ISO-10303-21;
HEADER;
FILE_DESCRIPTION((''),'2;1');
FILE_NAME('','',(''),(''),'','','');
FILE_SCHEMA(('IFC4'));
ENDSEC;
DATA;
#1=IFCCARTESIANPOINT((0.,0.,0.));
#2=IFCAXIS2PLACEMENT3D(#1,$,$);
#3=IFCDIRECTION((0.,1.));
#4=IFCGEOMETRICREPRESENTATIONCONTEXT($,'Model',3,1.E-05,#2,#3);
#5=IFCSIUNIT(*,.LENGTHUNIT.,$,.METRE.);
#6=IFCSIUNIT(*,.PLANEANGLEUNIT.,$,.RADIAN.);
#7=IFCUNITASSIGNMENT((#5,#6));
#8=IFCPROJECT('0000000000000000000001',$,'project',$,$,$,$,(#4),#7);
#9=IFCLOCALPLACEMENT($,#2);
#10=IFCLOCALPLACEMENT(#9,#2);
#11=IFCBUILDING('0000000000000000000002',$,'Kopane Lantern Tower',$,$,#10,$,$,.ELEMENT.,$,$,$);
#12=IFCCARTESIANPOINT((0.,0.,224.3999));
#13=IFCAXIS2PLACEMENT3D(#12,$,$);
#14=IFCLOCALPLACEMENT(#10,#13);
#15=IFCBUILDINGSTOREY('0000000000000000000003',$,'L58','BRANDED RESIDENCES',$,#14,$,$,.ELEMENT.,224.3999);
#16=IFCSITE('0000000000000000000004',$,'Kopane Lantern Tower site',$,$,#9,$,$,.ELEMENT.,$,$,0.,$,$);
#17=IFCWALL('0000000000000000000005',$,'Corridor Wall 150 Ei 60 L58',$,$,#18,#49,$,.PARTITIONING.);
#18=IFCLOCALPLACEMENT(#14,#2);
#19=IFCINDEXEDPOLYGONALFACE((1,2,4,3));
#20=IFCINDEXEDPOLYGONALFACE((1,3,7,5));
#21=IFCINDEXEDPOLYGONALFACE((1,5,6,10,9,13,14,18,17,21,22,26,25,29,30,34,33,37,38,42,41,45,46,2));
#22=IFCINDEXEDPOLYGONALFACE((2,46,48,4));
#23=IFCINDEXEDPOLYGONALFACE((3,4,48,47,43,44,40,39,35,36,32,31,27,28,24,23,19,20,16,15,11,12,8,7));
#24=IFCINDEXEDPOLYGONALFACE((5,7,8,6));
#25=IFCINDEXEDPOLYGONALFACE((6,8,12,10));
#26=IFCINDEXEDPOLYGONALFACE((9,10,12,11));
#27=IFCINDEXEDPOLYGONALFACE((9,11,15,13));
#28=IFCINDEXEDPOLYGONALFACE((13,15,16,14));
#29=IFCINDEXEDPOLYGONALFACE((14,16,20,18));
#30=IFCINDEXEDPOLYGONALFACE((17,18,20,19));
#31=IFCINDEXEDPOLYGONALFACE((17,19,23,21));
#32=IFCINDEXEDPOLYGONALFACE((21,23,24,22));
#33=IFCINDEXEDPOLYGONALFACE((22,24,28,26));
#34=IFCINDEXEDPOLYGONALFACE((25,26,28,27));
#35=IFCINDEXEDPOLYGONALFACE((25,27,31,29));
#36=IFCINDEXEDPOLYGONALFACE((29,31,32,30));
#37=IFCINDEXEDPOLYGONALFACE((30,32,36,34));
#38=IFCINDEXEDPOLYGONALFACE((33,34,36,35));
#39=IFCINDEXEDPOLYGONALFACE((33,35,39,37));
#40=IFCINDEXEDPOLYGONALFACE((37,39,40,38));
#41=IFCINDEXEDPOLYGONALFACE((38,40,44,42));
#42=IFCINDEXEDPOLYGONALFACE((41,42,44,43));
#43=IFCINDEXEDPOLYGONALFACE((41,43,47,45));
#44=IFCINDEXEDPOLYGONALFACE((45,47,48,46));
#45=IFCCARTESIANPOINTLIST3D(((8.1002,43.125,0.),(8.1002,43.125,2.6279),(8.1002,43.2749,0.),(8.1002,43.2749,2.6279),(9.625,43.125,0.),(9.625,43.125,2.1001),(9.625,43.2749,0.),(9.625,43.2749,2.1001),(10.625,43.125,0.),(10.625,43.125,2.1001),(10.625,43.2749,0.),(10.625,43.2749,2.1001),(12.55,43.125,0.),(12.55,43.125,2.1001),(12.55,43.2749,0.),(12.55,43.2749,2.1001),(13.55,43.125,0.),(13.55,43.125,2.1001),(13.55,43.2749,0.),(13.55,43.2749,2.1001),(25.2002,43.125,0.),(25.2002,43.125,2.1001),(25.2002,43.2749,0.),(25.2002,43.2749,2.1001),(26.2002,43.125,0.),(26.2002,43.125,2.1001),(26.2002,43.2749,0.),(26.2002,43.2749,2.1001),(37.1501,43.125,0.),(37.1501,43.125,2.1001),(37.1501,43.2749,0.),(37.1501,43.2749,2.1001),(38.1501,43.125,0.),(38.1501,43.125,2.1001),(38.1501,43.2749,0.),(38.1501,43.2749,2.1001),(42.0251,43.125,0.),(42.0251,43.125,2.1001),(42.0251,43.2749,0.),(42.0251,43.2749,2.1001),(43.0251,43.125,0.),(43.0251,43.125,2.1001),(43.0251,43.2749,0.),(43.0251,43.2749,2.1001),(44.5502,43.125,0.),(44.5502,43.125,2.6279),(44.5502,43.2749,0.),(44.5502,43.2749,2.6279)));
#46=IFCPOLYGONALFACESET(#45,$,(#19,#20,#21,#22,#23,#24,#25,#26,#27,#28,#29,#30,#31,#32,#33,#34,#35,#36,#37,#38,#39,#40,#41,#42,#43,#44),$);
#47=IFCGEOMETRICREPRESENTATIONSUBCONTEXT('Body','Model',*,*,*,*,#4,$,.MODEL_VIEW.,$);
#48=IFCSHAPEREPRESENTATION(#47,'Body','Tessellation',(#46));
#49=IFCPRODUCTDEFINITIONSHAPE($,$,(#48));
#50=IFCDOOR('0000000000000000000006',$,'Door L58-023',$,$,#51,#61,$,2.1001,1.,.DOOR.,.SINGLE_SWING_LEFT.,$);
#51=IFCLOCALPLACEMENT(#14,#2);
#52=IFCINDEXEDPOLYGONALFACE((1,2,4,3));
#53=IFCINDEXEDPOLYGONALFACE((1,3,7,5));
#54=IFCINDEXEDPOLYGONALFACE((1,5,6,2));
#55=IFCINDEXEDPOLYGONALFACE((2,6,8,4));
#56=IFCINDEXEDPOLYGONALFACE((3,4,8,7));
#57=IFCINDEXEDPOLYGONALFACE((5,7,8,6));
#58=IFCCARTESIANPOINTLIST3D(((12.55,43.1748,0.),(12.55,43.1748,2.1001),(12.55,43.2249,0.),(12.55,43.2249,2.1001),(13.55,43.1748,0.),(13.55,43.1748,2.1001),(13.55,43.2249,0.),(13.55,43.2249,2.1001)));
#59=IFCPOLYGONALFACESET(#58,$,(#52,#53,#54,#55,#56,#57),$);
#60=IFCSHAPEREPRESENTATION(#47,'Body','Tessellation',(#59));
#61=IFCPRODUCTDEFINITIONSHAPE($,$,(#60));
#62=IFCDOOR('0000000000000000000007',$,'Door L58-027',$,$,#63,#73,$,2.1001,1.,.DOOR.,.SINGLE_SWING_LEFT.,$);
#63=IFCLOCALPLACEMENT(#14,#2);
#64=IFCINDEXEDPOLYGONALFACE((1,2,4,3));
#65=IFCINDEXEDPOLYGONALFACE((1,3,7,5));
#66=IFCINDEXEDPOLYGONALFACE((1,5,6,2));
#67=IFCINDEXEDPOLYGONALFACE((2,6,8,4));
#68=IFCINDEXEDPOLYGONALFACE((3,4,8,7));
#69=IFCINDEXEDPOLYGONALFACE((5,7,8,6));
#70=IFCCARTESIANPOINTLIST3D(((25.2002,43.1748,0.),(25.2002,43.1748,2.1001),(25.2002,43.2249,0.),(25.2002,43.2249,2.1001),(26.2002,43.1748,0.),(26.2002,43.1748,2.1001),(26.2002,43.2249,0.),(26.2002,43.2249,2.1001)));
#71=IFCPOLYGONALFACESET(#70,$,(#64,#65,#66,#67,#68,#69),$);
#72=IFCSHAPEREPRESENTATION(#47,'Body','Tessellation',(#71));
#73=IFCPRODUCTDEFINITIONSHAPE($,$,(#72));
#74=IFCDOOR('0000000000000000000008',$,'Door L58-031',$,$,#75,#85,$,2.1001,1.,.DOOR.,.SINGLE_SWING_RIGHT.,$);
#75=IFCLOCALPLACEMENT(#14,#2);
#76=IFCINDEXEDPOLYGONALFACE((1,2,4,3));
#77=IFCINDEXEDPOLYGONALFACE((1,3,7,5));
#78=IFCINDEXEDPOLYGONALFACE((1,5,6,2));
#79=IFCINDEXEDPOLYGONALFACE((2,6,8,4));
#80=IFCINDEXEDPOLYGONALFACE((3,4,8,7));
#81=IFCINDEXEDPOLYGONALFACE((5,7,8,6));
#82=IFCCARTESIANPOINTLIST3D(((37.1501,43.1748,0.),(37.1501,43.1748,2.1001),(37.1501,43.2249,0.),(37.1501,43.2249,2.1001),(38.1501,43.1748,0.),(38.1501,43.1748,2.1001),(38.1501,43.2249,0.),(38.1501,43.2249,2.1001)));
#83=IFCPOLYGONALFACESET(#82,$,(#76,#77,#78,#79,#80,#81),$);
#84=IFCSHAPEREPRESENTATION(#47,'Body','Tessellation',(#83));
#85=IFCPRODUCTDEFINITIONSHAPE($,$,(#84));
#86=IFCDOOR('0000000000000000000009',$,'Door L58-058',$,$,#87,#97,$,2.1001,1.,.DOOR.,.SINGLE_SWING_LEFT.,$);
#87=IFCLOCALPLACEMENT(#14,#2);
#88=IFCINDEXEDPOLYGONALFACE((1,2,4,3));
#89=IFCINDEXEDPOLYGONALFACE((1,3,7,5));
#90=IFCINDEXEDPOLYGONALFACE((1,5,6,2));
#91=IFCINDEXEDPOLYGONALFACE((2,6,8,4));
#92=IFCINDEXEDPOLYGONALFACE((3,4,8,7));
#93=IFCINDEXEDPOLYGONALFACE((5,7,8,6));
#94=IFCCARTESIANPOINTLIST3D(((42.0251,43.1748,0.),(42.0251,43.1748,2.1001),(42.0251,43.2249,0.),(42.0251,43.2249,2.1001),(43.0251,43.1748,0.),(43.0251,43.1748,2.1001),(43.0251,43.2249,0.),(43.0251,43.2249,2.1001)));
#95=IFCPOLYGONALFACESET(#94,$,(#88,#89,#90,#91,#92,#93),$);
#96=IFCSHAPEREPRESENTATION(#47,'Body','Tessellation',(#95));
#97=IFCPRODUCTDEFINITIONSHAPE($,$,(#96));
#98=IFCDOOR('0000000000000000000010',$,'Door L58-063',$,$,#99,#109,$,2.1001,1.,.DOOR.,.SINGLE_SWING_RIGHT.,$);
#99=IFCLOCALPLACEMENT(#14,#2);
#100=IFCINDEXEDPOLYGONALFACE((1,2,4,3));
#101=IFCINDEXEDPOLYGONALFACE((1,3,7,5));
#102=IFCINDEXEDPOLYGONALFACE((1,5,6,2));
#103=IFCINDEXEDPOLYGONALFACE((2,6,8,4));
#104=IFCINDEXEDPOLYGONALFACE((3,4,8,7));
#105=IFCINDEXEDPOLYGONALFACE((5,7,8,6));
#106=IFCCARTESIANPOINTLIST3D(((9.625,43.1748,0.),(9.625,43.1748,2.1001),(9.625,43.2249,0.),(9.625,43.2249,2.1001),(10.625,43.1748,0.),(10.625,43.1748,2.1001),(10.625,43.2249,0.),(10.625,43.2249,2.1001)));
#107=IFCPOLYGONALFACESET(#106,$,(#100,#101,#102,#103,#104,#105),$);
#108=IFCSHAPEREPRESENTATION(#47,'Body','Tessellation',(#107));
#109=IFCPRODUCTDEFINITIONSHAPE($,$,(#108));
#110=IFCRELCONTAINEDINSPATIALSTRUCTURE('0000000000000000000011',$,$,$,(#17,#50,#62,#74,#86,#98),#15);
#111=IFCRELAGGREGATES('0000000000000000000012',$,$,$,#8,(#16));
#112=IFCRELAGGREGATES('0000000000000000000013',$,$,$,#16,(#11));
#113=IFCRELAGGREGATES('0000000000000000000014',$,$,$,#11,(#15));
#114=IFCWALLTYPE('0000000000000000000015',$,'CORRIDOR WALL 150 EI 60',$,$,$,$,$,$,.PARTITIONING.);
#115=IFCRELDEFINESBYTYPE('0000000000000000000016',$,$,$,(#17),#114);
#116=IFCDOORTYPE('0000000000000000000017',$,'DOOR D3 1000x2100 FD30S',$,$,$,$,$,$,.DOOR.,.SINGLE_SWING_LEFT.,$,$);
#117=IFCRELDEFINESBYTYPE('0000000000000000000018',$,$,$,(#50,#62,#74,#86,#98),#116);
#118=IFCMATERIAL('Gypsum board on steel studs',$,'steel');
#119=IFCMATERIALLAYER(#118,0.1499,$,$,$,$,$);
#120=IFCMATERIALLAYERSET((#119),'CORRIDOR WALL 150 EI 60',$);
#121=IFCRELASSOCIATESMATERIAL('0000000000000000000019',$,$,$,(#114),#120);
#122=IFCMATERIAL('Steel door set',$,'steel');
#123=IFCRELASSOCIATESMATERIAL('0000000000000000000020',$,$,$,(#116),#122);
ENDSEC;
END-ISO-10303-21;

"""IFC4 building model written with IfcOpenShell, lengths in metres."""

from ifc_helpers import new_model, si_unit, direction, frame, frame_2d, origin, place, context, subcontext, project, spatial, rectangle, extrude, material, layer, layer_set, type_object, element, fill, save


model = new_model("IFC4")

# Units and contexts
model_context = context("Model", 3, precision=1e-05, world=origin(), true_north=direction((0.0, 1.0)))
body_context = subcontext(model_context, "Body", "Model", "MODEL_VIEW")
ifc_project = project(units=[si_unit("LENGTHUNIT", "METRE"), si_unit("PLANEANGLEUNIT", "RADIAN")], contexts=[model_context])

# Site, building, storey
site_placement = place(None, origin())
site = spatial("IfcSite", under=ifc_project, at=site_placement, Name="Kopane Lantern Tower site", CompositionType="ELEMENT", RefElevation=0.0)
building_placement = place(site_placement, origin())
building = spatial("IfcBuilding", under=site, at=building_placement, Name="Kopane Lantern Tower", CompositionType="ELEMENT")
storey_placement = place(building_placement, frame((0.0, 0.0, 224.3999)))
storey = spatial("IfcBuildingStorey", under=building, at=storey_placement, Name="L58", Description="BRANDED RESIDENCES", CompositionType="ELEMENT", Elevation=224.3999)

# Wall, openings, doors
ifc_material_1 = material(Name="Gypsum board on steel studs", Category="steel")
ifc_layer_1 = layer(ifc_material_1, 0.1499)
ifc_layer_set_1 = layer_set([ifc_layer_1], Name="CORRIDOR WALL 150 EI 60")
wall_type_1 = type_object("IfcWallType", Name="CORRIDOR WALL 150 EI 60", PredefinedType="PARTITIONING", material=ifc_layer_set_1)
wall_1_placement = place(storey_placement, frame((8.1001, 43.2, 0.0), z_axis=(0.0, 0.0, 1.0), x_axis=(1.0, 0.0, 0.0)))
wall_1 = element("IfcWall", 1, at=wall_1_placement, inside=storey, type_object=wall_type_1, Name="Corridor Wall 150 Ei 60 L58", PredefinedType="PARTITIONING", context=body_context, shape_type="SweptSolid", body=[
    extrude(rectangle(XDim=36.45, YDim=0.1499, at=frame_2d((18.2251, 0.0))), origin(), (0.0, 0.0, 1.0), 2.6279),
])
opening_1_placement = place(wall_1_placement, frame((4.45, 0.0, 0.0)))
opening_1 = element("IfcOpeningElement", 2, at=opening_1_placement, cuts=wall_1, PredefinedType="OPENING", context=body_context, shape_type="SweptSolid", body=[
    extrude(rectangle(XDim=1.0, YDim=2.1001, at=frame_2d((0.5, 1.05))), frame((0.0, 0.085, 0.0), z_axis=(0.0, -1.0, 0.0), x_axis=(1.0, 0.0, 0.0)), (0.0, 0.0, 1.0), 0.1699),
])
opening_2_placement = place(wall_1_placement, frame((17.1001, 0.0, 0.0)))
opening_2 = element("IfcOpeningElement", 3, at=opening_2_placement, cuts=wall_1, PredefinedType="OPENING", context=body_context, shape_type="SweptSolid", body=[
    extrude(rectangle(XDim=1.0, YDim=2.1001, at=frame_2d((0.5, 1.05))), frame((0.0, 0.085, 0.0), z_axis=(0.0, -1.0, 0.0), x_axis=(1.0, 0.0, 0.0)), (0.0, 0.0, 1.0), 0.1699),
])
opening_3_placement = place(wall_1_placement, frame((29.05, 0.0, 0.0)))
opening_3 = element("IfcOpeningElement", 4, at=opening_3_placement, cuts=wall_1, PredefinedType="OPENING", context=body_context, shape_type="SweptSolid", body=[
    extrude(rectangle(XDim=1.0, YDim=2.1001, at=frame_2d((0.5, 1.05))), frame((0.0, 0.085, 0.0), z_axis=(0.0, -1.0, 0.0), x_axis=(1.0, 0.0, 0.0)), (0.0, 0.0, 1.0), 0.1699),
])
opening_4_placement = place(wall_1_placement, frame((33.925, 0.0, 0.0)))
opening_4 = element("IfcOpeningElement", 5, at=opening_4_placement, cuts=wall_1, PredefinedType="OPENING", context=body_context, shape_type="SweptSolid", body=[
    extrude(rectangle(XDim=1.0, YDim=2.1001, at=frame_2d((0.5, 1.05))), frame((0.0, 0.085, 0.0), z_axis=(0.0, -1.0, 0.0), x_axis=(1.0, 0.0, 0.0)), (0.0, 0.0, 1.0), 0.1699),
])
opening_5_placement = place(wall_1_placement, frame((1.5249, 0.0, 0.0)))
opening_5 = element("IfcOpeningElement", 6, at=opening_5_placement, cuts=wall_1, PredefinedType="OPENING", context=body_context, shape_type="SweptSolid", body=[
    extrude(rectangle(XDim=1.0, YDim=2.1001, at=frame_2d((0.5, 1.05))), frame((0.0, 0.085, 0.0), z_axis=(0.0, -1.0, 0.0), x_axis=(1.0, 0.0, 0.0)), (0.0, 0.0, 1.0), 0.1699),
])
ifc_material_2 = material(Name="Steel door set", Category="steel")
door_type_1 = type_object("IfcDoorType", Name="DOOR D3 1000x2100 FD30S", OperationType="SINGLE_SWING_LEFT", PredefinedType="DOOR", material=ifc_material_2)
door_1_placement = place(opening_1_placement, origin())
door_1 = element("IfcDoor", 7, at=door_1_placement, inside=storey, type_object=door_type_1, Name="Door L58-023", OperationType="SINGLE_SWING_LEFT", OverallHeight=2.1001, OverallWidth=1.0, PredefinedType="DOOR", context=body_context, shape_type="SweptSolid", body=[
    extrude(rectangle(XDim=1.0, YDim=2.1001, at=frame_2d((0.5, 1.05))), frame((0.0, 0.0249, 0.0), z_axis=(0.0, -1.0, 0.0), x_axis=(1.0, 0.0, 0.0)), (0.0, 0.0, 1.0), 0.05),
])
fill(opening_1, door_1)
door_2_placement = place(opening_2_placement, origin())
door_2 = element("IfcDoor", 8, at=door_2_placement, inside=storey, type_object=door_type_1, Name="Door L58-027", OperationType="SINGLE_SWING_LEFT", OverallHeight=2.1001, OverallWidth=1.0, PredefinedType="DOOR", context=body_context, shape_type="SweptSolid", body=[
    extrude(rectangle(XDim=1.0, YDim=2.1001, at=frame_2d((0.5, 1.05))), frame((0.0, 0.0249, 0.0), z_axis=(0.0, -1.0, 0.0), x_axis=(1.0, 0.0, 0.0)), (0.0, 0.0, 1.0), 0.05),
])
fill(opening_2, door_2)
door_3_placement = place(opening_3_placement, origin())
door_3 = element("IfcDoor", 9, at=door_3_placement, inside=storey, type_object=door_type_1, Name="Door L58-031", OperationType="SINGLE_SWING_RIGHT", OverallHeight=2.1001, OverallWidth=1.0, PredefinedType="DOOR", context=body_context, shape_type="SweptSolid", body=[
    extrude(rectangle(XDim=1.0, YDim=2.1001, at=frame_2d((0.5, 1.05))), frame((0.0, 0.0249, 0.0), z_axis=(0.0, -1.0, 0.0), x_axis=(1.0, 0.0, 0.0)), (0.0, 0.0, 1.0), 0.05),
])
fill(opening_3, door_3)
door_4_placement = place(opening_4_placement, origin())
door_4 = element("IfcDoor", 10, at=door_4_placement, inside=storey, type_object=door_type_1, Name="Door L58-058", OperationType="SINGLE_SWING_LEFT", OverallHeight=2.1001, OverallWidth=1.0, PredefinedType="DOOR", context=body_context, shape_type="SweptSolid", body=[
    extrude(rectangle(XDim=1.0, YDim=2.1001, at=frame_2d((0.5, 1.05))), frame((0.0, 0.0249, 0.0), z_axis=(0.0, -1.0, 0.0), x_axis=(1.0, 0.0, 0.0)), (0.0, 0.0, 1.0), 0.05),
])
fill(opening_4, door_4)
door_5_placement = place(opening_5_placement, origin())
door_5 = element("IfcDoor", 11, at=door_5_placement, inside=storey, type_object=door_type_1, Name="Door L58-063", OperationType="SINGLE_SWING_RIGHT", OverallHeight=2.1001, OverallWidth=1.0, PredefinedType="DOOR", context=body_context, shape_type="SweptSolid", body=[
    extrude(rectangle(XDim=1.0, YDim=2.1001, at=frame_2d((0.5, 1.05))), frame((0.0, 0.0249, 0.0), z_axis=(0.0, -1.0, 0.0), x_axis=(1.0, 0.0, 0.0)), (0.0, 0.0, 1.0), 0.05),
])
fill(opening_5, door_5)

save(model, "model.ifc")
